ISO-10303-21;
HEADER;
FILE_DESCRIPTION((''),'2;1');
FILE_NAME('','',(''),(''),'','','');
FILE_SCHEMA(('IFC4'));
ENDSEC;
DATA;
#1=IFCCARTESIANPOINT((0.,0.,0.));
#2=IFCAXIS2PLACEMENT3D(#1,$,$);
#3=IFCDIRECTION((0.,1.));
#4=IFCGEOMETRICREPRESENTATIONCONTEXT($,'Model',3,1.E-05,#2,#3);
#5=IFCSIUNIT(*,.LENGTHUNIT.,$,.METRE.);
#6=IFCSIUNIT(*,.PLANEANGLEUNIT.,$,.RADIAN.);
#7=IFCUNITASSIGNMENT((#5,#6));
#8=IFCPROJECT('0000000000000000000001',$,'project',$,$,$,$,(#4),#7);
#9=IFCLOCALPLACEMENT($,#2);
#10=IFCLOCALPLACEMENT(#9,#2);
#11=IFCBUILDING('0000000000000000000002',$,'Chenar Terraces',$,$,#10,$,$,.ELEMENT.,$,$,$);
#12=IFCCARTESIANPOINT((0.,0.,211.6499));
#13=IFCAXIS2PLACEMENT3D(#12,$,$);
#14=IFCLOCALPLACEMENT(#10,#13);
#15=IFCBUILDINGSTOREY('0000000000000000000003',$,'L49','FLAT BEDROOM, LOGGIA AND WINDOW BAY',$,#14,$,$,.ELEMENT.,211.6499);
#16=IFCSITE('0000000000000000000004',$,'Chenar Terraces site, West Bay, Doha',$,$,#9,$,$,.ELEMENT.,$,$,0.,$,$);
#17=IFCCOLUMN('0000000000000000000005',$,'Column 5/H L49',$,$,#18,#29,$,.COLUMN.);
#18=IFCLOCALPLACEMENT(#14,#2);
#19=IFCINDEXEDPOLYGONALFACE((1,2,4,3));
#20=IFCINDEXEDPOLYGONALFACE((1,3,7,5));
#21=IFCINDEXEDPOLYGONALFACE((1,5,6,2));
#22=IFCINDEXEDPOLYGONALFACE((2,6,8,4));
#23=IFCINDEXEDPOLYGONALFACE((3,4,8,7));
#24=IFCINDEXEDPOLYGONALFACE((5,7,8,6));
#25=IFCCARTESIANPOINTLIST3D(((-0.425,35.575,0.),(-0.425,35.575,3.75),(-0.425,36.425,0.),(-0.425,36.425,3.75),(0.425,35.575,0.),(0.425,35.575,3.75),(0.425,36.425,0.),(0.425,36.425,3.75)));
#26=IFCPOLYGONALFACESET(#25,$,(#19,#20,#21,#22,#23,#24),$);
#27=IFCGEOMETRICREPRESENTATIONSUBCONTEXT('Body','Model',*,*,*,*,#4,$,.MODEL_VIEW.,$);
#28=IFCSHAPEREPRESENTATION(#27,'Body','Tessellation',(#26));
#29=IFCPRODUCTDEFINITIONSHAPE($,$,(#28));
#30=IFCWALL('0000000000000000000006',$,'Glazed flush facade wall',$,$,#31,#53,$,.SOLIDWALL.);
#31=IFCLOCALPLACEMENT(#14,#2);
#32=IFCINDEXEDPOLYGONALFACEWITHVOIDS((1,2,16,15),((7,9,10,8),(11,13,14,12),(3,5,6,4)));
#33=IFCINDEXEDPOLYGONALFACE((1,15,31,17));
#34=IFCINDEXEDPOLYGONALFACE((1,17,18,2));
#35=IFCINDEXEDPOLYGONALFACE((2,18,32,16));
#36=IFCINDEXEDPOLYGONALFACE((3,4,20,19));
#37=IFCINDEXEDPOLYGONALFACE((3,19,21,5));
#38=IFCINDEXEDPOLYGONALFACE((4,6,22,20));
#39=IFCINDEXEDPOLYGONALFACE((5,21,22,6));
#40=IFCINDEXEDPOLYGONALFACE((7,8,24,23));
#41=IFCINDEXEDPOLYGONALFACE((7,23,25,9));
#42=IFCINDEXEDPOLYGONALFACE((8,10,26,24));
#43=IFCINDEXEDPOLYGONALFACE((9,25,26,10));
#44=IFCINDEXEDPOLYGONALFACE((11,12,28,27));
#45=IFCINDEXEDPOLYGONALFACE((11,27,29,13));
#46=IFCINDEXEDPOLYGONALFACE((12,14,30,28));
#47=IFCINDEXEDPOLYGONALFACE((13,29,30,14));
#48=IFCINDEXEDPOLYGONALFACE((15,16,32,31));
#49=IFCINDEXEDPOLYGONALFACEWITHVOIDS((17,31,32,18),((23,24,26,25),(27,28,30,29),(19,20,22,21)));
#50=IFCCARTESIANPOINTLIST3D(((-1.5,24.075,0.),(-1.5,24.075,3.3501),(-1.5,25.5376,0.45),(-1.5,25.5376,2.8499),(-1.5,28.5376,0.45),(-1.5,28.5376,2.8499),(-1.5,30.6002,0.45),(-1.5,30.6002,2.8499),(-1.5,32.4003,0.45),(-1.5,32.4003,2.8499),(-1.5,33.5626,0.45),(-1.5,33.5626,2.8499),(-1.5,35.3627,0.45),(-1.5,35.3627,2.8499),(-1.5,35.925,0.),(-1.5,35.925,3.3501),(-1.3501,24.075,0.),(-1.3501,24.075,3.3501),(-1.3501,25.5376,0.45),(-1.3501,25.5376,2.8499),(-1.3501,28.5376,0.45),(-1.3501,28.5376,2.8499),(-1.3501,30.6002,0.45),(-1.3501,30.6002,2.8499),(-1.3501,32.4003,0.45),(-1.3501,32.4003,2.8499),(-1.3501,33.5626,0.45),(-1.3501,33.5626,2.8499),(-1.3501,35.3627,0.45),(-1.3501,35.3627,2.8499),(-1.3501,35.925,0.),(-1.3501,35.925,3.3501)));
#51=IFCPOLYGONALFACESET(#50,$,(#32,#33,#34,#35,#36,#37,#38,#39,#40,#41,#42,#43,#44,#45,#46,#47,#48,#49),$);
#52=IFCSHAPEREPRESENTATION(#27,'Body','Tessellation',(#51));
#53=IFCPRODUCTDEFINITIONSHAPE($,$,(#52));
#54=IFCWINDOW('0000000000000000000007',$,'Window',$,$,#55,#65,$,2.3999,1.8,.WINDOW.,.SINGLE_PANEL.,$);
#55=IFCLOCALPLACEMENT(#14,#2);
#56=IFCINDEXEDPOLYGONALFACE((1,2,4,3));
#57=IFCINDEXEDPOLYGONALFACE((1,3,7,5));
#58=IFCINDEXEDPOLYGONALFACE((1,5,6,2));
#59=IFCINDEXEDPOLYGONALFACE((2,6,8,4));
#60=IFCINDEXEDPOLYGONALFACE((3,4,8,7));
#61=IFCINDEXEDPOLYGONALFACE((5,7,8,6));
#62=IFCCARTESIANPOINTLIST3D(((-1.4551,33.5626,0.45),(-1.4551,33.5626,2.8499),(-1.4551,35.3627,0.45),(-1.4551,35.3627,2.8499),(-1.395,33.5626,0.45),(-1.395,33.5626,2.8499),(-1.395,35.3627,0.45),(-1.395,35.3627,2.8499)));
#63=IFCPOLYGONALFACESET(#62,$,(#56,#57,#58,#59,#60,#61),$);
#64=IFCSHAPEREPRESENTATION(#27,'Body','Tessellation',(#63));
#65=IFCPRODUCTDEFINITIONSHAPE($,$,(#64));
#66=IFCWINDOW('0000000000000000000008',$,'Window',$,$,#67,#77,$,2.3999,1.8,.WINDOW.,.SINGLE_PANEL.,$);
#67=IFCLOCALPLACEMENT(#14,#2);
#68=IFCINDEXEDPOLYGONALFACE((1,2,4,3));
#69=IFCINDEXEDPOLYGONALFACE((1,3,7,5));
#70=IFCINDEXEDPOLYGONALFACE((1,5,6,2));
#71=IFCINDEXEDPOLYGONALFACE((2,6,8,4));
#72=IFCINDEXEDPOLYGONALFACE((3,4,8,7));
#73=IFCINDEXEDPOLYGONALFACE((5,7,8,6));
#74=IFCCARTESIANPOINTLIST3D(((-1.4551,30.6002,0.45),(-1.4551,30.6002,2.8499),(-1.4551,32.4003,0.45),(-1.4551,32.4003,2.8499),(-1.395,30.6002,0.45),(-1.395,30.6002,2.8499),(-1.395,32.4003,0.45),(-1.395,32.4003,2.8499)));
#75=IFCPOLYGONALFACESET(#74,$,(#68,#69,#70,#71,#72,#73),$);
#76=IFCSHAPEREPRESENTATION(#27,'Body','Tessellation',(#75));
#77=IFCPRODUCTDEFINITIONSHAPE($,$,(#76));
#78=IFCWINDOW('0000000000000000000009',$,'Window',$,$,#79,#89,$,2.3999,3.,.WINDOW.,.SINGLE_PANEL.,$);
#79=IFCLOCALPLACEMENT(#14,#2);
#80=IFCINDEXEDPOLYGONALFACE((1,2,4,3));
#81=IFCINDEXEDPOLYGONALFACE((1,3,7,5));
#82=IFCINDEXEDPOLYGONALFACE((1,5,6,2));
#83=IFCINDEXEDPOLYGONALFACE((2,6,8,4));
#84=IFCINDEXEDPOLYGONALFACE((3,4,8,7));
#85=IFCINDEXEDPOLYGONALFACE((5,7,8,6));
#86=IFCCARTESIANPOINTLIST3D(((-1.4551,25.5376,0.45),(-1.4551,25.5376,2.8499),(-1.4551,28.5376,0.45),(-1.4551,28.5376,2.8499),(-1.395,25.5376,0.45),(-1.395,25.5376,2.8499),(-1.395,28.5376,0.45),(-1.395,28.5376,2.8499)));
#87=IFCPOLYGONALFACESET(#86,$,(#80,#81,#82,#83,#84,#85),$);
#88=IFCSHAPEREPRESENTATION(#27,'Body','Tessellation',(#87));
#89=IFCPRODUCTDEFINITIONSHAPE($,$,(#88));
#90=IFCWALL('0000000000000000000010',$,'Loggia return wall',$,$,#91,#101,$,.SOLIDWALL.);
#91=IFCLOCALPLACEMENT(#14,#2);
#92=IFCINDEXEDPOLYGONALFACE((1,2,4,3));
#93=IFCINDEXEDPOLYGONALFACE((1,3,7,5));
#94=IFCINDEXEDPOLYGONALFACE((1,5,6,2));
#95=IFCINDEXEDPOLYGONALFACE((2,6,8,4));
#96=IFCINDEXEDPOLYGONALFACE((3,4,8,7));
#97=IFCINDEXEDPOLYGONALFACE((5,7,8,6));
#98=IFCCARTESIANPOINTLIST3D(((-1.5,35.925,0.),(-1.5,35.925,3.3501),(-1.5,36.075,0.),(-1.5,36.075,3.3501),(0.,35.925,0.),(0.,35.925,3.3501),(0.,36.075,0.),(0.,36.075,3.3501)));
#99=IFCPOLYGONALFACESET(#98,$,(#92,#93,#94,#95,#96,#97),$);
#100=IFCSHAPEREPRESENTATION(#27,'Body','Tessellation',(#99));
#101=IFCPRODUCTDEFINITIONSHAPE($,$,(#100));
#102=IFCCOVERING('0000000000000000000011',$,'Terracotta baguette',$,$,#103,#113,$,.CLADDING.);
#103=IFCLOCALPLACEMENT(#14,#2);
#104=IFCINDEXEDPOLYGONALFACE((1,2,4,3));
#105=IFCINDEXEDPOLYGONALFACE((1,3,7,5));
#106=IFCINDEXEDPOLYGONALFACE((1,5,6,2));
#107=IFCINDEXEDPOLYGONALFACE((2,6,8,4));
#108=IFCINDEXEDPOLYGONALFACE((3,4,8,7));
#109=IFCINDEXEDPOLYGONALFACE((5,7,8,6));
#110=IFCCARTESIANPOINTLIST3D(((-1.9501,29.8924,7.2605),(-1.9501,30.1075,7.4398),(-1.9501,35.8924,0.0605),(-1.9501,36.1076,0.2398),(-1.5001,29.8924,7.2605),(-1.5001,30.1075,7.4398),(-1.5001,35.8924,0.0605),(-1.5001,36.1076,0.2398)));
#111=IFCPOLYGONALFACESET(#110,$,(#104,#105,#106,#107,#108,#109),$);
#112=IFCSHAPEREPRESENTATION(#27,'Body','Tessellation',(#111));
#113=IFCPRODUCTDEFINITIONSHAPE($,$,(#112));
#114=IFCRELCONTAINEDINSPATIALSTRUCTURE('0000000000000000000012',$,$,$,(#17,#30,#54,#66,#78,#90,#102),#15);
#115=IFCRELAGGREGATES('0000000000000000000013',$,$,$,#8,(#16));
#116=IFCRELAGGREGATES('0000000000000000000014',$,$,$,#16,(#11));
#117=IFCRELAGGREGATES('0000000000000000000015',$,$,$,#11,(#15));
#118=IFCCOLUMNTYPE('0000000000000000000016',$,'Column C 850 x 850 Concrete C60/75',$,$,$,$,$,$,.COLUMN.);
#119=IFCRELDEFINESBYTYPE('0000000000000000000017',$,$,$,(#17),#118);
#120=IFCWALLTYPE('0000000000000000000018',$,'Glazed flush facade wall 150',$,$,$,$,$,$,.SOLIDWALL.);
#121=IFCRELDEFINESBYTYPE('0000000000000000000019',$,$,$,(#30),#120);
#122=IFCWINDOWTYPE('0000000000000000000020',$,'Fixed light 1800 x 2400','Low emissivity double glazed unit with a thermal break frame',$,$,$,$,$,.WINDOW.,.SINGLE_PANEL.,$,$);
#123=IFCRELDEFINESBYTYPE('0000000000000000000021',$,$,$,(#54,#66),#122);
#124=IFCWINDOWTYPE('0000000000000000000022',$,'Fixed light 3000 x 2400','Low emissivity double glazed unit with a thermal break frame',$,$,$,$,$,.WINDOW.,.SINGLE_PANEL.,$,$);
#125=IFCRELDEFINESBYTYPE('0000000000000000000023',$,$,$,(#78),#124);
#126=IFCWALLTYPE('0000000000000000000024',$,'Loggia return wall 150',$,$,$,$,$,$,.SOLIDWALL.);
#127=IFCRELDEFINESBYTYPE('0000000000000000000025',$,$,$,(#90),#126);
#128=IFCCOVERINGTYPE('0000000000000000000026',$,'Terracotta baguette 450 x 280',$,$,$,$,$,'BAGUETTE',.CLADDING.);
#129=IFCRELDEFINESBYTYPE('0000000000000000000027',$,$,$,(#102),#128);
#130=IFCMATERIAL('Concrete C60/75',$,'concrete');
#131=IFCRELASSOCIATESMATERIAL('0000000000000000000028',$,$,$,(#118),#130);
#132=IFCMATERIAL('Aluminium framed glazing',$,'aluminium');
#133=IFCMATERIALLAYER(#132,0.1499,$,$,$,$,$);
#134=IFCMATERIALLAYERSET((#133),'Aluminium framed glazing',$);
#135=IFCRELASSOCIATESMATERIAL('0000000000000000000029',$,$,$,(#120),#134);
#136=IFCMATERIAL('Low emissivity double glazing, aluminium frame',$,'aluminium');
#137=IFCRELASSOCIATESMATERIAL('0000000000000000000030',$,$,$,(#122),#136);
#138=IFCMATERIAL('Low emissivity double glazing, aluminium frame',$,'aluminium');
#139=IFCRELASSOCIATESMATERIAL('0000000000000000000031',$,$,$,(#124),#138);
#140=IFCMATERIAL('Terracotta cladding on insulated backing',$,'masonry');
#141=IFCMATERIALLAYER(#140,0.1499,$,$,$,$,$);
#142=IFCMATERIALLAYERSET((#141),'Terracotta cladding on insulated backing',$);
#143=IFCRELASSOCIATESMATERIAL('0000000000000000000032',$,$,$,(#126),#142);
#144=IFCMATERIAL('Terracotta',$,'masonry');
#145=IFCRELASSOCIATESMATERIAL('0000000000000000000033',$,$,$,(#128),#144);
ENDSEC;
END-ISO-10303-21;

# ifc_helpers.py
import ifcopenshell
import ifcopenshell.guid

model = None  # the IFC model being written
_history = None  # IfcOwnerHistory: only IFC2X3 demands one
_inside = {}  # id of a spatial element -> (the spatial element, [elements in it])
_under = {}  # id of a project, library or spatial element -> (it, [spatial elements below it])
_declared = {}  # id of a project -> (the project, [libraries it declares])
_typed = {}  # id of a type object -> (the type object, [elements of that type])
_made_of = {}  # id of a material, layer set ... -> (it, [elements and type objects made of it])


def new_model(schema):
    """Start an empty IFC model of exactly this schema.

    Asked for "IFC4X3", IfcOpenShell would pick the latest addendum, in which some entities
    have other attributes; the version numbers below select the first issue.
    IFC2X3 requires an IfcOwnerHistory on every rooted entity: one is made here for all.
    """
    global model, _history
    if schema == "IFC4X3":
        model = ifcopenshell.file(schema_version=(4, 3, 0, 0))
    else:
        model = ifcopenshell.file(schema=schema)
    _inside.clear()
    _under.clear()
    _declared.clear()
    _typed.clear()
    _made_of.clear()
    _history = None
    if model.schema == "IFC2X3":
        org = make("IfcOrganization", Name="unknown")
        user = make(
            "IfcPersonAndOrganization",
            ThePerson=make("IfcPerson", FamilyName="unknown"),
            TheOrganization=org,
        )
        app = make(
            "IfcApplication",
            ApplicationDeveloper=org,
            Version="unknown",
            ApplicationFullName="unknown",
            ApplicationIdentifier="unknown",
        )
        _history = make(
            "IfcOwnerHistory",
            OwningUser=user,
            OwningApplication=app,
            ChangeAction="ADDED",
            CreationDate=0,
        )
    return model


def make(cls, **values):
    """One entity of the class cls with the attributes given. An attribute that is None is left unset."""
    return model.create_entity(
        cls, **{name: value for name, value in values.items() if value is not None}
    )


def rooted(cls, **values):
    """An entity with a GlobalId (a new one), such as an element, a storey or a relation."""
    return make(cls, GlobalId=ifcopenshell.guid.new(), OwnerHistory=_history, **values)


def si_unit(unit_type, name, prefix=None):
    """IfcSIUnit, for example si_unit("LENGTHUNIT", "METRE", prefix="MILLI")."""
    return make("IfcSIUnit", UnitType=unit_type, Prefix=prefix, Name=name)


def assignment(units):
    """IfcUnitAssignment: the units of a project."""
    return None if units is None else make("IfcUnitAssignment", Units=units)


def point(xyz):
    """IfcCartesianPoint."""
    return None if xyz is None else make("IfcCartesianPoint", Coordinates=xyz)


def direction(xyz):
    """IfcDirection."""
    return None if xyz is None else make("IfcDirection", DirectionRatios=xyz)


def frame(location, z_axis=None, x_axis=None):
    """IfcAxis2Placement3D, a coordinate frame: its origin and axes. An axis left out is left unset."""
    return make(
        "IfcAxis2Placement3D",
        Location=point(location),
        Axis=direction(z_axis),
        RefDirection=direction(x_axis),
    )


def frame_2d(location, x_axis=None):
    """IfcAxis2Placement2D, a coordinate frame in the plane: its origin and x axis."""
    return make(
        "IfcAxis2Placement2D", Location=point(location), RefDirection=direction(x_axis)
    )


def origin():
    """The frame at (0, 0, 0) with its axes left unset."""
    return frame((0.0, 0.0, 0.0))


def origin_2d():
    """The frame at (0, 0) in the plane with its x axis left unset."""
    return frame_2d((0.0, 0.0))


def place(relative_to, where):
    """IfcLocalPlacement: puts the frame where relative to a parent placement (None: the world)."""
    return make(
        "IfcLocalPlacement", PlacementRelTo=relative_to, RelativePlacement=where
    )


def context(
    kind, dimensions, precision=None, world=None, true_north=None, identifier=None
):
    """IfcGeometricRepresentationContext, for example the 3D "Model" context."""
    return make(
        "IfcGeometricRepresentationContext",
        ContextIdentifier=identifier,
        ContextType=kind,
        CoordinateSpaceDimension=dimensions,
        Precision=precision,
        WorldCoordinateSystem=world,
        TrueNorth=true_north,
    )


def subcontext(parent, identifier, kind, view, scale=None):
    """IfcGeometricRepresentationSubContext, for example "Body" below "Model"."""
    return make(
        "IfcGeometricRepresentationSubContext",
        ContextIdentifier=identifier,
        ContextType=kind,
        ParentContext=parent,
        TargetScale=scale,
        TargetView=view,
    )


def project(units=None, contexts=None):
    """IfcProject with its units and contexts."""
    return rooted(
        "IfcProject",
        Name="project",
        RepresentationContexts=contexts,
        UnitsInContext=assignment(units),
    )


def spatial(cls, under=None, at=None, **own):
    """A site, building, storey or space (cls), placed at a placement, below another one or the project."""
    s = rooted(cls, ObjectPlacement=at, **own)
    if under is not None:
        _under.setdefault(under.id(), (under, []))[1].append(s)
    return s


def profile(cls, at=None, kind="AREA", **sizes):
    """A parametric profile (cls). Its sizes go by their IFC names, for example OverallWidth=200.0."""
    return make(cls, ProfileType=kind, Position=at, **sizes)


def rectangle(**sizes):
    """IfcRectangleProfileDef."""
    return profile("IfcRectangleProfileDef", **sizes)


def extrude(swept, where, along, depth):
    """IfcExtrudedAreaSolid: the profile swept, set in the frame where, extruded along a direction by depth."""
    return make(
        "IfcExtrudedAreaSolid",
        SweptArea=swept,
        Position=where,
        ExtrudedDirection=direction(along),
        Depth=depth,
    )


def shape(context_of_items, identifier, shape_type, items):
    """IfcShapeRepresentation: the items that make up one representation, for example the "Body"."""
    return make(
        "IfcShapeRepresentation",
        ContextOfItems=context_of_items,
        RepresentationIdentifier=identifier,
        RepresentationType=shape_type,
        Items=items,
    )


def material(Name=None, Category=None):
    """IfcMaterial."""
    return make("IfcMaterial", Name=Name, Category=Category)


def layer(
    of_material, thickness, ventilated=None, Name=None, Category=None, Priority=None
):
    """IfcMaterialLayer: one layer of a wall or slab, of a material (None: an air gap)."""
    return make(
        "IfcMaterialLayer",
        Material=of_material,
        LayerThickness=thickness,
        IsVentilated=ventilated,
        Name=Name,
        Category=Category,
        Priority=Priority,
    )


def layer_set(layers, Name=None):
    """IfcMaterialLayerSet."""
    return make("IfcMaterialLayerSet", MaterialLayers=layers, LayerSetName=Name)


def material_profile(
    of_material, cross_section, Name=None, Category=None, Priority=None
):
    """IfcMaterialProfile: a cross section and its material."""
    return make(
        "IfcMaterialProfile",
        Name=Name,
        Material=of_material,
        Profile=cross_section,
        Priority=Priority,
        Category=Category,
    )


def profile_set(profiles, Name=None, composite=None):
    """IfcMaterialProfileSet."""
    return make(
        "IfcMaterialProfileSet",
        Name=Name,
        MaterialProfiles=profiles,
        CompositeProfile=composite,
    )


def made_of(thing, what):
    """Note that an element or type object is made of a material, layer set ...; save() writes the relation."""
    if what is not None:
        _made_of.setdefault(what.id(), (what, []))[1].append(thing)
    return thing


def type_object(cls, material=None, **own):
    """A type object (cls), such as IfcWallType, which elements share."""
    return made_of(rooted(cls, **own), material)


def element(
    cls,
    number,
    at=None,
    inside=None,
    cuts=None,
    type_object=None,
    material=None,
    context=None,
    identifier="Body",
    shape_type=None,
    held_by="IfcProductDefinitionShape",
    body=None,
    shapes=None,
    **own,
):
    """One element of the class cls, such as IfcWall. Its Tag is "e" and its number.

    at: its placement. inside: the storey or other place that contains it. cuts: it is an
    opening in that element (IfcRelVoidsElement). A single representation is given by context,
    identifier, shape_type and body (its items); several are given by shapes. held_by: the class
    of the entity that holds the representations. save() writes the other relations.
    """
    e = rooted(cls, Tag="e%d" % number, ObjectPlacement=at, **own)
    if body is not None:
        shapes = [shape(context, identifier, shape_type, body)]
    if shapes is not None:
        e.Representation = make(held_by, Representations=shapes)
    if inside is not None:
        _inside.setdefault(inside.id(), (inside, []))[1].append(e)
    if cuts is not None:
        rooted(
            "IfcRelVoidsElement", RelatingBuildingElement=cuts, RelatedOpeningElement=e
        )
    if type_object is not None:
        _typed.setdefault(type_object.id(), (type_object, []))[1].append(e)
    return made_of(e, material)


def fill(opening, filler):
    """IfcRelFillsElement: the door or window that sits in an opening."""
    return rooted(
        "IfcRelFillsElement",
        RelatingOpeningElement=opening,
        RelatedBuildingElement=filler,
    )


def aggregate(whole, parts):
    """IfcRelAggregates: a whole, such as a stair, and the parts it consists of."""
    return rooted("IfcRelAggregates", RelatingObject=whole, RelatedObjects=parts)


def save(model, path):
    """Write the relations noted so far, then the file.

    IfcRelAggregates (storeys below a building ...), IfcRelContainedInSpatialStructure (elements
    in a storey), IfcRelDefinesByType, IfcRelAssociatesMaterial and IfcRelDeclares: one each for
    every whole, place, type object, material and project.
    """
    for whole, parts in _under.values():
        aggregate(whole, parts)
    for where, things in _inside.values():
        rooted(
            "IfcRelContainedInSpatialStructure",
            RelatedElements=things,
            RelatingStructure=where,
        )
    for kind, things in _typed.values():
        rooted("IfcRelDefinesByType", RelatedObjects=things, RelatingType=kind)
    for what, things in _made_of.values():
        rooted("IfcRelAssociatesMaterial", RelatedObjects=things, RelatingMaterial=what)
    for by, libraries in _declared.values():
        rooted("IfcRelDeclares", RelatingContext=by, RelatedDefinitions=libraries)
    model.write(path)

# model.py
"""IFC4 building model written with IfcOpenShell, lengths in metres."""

from ifc_helpers import new_model, si_unit, direction, frame, frame_2d, origin, origin_2d, place, context, subcontext, project, spatial, rectangle, extrude, material, layer, layer_set, material_profile, profile_set, type_object, element, fill, save


model = new_model("IFC4")

# Units and contexts
model_context = context("Model", 3, precision=1e-05, world=origin(), true_north=direction((0.0, 1.0)))
body_context = subcontext(model_context, "Body", "Model", "MODEL_VIEW")
ifc_project = project(units=[si_unit("LENGTHUNIT", "METRE"), si_unit("PLANEANGLEUNIT", "RADIAN")], contexts=[model_context])

# Site, building, storey
site_placement = place(None, origin())
site = spatial("IfcSite", under=ifc_project, at=site_placement, Name="Chenar Terraces site, West Bay, Doha", CompositionType="ELEMENT", RefElevation=0.0)
building_placement = place(site_placement, origin())
building = spatial("IfcBuilding", under=site, at=building_placement, Name="Chenar Terraces", CompositionType="ELEMENT")
storey_placement = place(building_placement, frame((0.0, 0.0, 211.6499)))
storey = spatial("IfcBuildingStorey", under=building, at=storey_placement, Name="L49", Description="FLAT BEDROOM, LOGGIA AND WINDOW BAY", CompositionType="ELEMENT", Elevation=211.6499)

# Column
ifc_material_1 = material(Name="Concrete C60/75", Category="concrete")
ifc_material_profile_1 = material_profile(ifc_material_1, rectangle(XDim=0.8501, YDim=0.8501, at=origin_2d()), Name="C 850 x 850")
ifc_profile_set_1 = profile_set([ifc_material_profile_1], Name="Concrete C60/75")
column_type = type_object("IfcColumnType", Name="Column C 850 x 850 Concrete C60/75", PredefinedType="COLUMN", material=ifc_profile_set_1)
column_placement = place(storey_placement, frame((0.0, 36.0, 0.0), z_axis=(0.0, 0.0, 1.0), x_axis=(1.0, 0.0, 0.0)))
element("IfcColumn", 1, at=column_placement, inside=storey, type_object=column_type, Name="Column 5/H L49", PredefinedType="COLUMN", context=body_context, shape_type="SweptSolid", body=[
    extrude(rectangle(XDim=0.8501, YDim=0.8501, at=origin_2d()), origin(), (0.0, 0.0, 1.0), 3.75),
])

# Wall, openings, windows
ifc_material_2 = material(Name="Aluminium framed glazing", Category="aluminium")
ifc_layer_1 = layer(ifc_material_2, 0.1499)
ifc_layer_set_1 = layer_set([ifc_layer_1], Name="Aluminium framed glazing")
wall_type_1 = type_object("IfcWallType", Name="Glazed flush facade wall 150", PredefinedType="SOLIDWALL", material=ifc_layer_set_1)
wall_1_placement = place(storey_placement, frame((-1.425, 35.925, 0.0), z_axis=(0.0, 0.0, 1.0), x_axis=(0.0, -1.0, 0.0)))
wall_1 = element("IfcWall", 2, at=wall_1_placement, inside=storey, type_object=wall_type_1, Name="Glazed flush facade wall", PredefinedType="SOLIDWALL", context=body_context, shape_type="SweptSolid", body=[
    extrude(rectangle(XDim=11.8501, YDim=0.1499, at=frame_2d((5.925, 0.0))), origin(), (0.0, 0.0, 1.0), 3.3501),
])
opening_1_placement = place(wall_1_placement, frame((0.5625, 0.0, 0.45)))
opening_1 = element("IfcOpeningElement", 3, at=opening_1_placement, cuts=wall_1, PredefinedType="OPENING", context=body_context, shape_type="SweptSolid", body=[
    extrude(rectangle(XDim=1.8, YDim=2.3999, at=frame_2d((0.8999, 1.2))), frame((0.0, 0.085, 0.0), z_axis=(0.0, -1.0, 0.0), x_axis=(1.0, 0.0, 0.0)), (0.0, 0.0, 1.0), 0.1699),
])
opening_2_placement = place(wall_1_placement, frame((3.5249, 0.0, 0.45)))
opening_2 = element("IfcOpeningElement", 4, at=opening_2_placement, cuts=wall_1, PredefinedType="OPENING", context=body_context, shape_type="SweptSolid", body=[
    extrude(rectangle(XDim=1.8, YDim=2.3999, at=frame_2d((0.8999, 1.2))), frame((0.0, 0.085, 0.0), z_axis=(0.0, -1.0, 0.0), x_axis=(1.0, 0.0, 0.0)), (0.0, 0.0, 1.0), 0.1699),
])
opening_3_placement = place(wall_1_placement, frame((7.3875, 0.0, 0.45)))
opening_3 = element("IfcOpeningElement", 5, at=opening_3_placement, cuts=wall_1, PredefinedType="OPENING", context=body_context, shape_type="SweptSolid", body=[
    extrude(rectangle(XDim=3.0, YDim=2.3999, at=frame_2d((1.5, 1.2))), frame((0.0, 0.085, 0.0), z_axis=(0.0, -1.0, 0.0), x_axis=(1.0, 0.0, 0.0)), (0.0, 0.0, 1.0), 0.1699),
])
ifc_material_3 = material(Name="Low emissivity double glazing, aluminium frame", Category="aluminium")
window_type_1 = type_object("IfcWindowType", Name="Fixed light 1800 x 2400", Description="Low emissivity double glazed unit with a thermal break frame", PartitioningType="SINGLE_PANEL", PredefinedType="WINDOW", material=ifc_material_3)
window_1_placement = place(opening_1_placement, origin())
window_1 = element("IfcWindow", 6, at=window_1_placement, inside=storey, type_object=window_type_1, Name="Window", OverallHeight=2.3999, OverallWidth=1.8, PartitioningType="SINGLE_PANEL", PredefinedType="WINDOW", context=body_context, shape_type="SweptSolid", body=[
    extrude(rectangle(XDim=1.8, YDim=2.3999, at=frame_2d((0.8999, 1.2))), frame((0.0, 0.03, 0.0), z_axis=(0.0, -1.0, 0.0), x_axis=(1.0, 0.0, 0.0)), (0.0, 0.0, 1.0), 0.0601),
])
fill(opening_1, window_1)
window_2_placement = place(opening_2_placement, origin())
window_2 = element("IfcWindow", 7, at=window_2_placement, inside=storey, type_object=window_type_1, Name="Window", OverallHeight=2.3999, OverallWidth=1.8, PartitioningType="SINGLE_PANEL", PredefinedType="WINDOW", context=body_context, shape_type="SweptSolid", body=[
    extrude(rectangle(XDim=1.8, YDim=2.3999, at=frame_2d((0.8999, 1.2))), frame((0.0, 0.03, 0.0), z_axis=(0.0, -1.0, 0.0), x_axis=(1.0, 0.0, 0.0)), (0.0, 0.0, 1.0), 0.0601),
])
fill(opening_2, window_2)
ifc_material_4 = material(Name="Low emissivity double glazing, aluminium frame", Category="aluminium")
window_type_2 = type_object("IfcWindowType", Name="Fixed light 3000 x 2400", Description="Low emissivity double glazed unit with a thermal break frame", PartitioningType="SINGLE_PANEL", PredefinedType="WINDOW", material=ifc_material_4)
window_3_placement = place(opening_3_placement, origin())
window_3 = element("IfcWindow", 8, at=window_3_placement, inside=storey, type_object=window_type_2, Name="Window", OverallHeight=2.3999, OverallWidth=3.0, PartitioningType="SINGLE_PANEL", PredefinedType="WINDOW", context=body_context, shape_type="SweptSolid", body=[
    extrude(rectangle(XDim=3.0, YDim=2.3999, at=frame_2d((1.5, 1.2))), frame((0.0, 0.03, 0.0), z_axis=(0.0, -1.0, 0.0), x_axis=(1.0, 0.0, 0.0)), (0.0, 0.0, 1.0), 0.0601),
])
fill(opening_3, window_3)

# Wall
ifc_material_5 = material(Name="Terracotta cladding on insulated backing", Category="masonry")
ifc_layer_2 = layer(ifc_material_5, 0.1499)
ifc_layer_set_2 = layer_set([ifc_layer_2], Name="Terracotta cladding on insulated backing")
wall_type_2 = type_object("IfcWallType", Name="Loggia return wall 150", PredefinedType="SOLIDWALL", material=ifc_layer_set_2)
wall_2_placement = place(storey_placement, frame((-1.5, 36.0, 0.0), z_axis=(0.0, 0.0, 1.0), x_axis=(1.0, 0.0, 0.0)))
element("IfcWall", 9, at=wall_2_placement, inside=storey, type_object=wall_type_2, Name="Loggia return wall", PredefinedType="SOLIDWALL", context=body_context, shape_type="SweptSolid", body=[
    extrude(rectangle(XDim=1.5, YDim=0.1499, at=frame_2d((0.75, 0.0))), origin(), (0.0, 0.0, 1.0), 3.3501),
])

# Covering
ifc_material_6 = material(Name="Terracotta", Category="masonry")
ifc_material_profile_2 = material_profile(ifc_material_6, rectangle(XDim=0.45, YDim=0.28, at=origin_2d()), Name="Terracotta baguette 450 x 280")
ifc_profile_set_2 = profile_set([ifc_material_profile_2], Name="Terracotta")
covering_type = type_object("IfcCoveringType", Name="Terracotta baguette 450 x 280", ElementType="BAGUETTE", PredefinedType="CLADDING", material=ifc_profile_set_2)
covering_placement = place(storey_placement, frame((-1.7251, 36.0, 0.1501), z_axis=(0.0, -0.640187, 0.768219), x_axis=(1.0, 0.0, 0.0)))
element("IfcCovering", 10, at=covering_placement, inside=storey, type_object=covering_type, Name="Terracotta baguette", PredefinedType="CLADDING", context=body_context, shape_type="SweptSolid", body=[
    extrude(rectangle(XDim=0.45, YDim=0.28, at=origin_2d()), origin(), (0.0, 0.0, 1.0), 9.3723),
])

save(model, "model.ifc")
